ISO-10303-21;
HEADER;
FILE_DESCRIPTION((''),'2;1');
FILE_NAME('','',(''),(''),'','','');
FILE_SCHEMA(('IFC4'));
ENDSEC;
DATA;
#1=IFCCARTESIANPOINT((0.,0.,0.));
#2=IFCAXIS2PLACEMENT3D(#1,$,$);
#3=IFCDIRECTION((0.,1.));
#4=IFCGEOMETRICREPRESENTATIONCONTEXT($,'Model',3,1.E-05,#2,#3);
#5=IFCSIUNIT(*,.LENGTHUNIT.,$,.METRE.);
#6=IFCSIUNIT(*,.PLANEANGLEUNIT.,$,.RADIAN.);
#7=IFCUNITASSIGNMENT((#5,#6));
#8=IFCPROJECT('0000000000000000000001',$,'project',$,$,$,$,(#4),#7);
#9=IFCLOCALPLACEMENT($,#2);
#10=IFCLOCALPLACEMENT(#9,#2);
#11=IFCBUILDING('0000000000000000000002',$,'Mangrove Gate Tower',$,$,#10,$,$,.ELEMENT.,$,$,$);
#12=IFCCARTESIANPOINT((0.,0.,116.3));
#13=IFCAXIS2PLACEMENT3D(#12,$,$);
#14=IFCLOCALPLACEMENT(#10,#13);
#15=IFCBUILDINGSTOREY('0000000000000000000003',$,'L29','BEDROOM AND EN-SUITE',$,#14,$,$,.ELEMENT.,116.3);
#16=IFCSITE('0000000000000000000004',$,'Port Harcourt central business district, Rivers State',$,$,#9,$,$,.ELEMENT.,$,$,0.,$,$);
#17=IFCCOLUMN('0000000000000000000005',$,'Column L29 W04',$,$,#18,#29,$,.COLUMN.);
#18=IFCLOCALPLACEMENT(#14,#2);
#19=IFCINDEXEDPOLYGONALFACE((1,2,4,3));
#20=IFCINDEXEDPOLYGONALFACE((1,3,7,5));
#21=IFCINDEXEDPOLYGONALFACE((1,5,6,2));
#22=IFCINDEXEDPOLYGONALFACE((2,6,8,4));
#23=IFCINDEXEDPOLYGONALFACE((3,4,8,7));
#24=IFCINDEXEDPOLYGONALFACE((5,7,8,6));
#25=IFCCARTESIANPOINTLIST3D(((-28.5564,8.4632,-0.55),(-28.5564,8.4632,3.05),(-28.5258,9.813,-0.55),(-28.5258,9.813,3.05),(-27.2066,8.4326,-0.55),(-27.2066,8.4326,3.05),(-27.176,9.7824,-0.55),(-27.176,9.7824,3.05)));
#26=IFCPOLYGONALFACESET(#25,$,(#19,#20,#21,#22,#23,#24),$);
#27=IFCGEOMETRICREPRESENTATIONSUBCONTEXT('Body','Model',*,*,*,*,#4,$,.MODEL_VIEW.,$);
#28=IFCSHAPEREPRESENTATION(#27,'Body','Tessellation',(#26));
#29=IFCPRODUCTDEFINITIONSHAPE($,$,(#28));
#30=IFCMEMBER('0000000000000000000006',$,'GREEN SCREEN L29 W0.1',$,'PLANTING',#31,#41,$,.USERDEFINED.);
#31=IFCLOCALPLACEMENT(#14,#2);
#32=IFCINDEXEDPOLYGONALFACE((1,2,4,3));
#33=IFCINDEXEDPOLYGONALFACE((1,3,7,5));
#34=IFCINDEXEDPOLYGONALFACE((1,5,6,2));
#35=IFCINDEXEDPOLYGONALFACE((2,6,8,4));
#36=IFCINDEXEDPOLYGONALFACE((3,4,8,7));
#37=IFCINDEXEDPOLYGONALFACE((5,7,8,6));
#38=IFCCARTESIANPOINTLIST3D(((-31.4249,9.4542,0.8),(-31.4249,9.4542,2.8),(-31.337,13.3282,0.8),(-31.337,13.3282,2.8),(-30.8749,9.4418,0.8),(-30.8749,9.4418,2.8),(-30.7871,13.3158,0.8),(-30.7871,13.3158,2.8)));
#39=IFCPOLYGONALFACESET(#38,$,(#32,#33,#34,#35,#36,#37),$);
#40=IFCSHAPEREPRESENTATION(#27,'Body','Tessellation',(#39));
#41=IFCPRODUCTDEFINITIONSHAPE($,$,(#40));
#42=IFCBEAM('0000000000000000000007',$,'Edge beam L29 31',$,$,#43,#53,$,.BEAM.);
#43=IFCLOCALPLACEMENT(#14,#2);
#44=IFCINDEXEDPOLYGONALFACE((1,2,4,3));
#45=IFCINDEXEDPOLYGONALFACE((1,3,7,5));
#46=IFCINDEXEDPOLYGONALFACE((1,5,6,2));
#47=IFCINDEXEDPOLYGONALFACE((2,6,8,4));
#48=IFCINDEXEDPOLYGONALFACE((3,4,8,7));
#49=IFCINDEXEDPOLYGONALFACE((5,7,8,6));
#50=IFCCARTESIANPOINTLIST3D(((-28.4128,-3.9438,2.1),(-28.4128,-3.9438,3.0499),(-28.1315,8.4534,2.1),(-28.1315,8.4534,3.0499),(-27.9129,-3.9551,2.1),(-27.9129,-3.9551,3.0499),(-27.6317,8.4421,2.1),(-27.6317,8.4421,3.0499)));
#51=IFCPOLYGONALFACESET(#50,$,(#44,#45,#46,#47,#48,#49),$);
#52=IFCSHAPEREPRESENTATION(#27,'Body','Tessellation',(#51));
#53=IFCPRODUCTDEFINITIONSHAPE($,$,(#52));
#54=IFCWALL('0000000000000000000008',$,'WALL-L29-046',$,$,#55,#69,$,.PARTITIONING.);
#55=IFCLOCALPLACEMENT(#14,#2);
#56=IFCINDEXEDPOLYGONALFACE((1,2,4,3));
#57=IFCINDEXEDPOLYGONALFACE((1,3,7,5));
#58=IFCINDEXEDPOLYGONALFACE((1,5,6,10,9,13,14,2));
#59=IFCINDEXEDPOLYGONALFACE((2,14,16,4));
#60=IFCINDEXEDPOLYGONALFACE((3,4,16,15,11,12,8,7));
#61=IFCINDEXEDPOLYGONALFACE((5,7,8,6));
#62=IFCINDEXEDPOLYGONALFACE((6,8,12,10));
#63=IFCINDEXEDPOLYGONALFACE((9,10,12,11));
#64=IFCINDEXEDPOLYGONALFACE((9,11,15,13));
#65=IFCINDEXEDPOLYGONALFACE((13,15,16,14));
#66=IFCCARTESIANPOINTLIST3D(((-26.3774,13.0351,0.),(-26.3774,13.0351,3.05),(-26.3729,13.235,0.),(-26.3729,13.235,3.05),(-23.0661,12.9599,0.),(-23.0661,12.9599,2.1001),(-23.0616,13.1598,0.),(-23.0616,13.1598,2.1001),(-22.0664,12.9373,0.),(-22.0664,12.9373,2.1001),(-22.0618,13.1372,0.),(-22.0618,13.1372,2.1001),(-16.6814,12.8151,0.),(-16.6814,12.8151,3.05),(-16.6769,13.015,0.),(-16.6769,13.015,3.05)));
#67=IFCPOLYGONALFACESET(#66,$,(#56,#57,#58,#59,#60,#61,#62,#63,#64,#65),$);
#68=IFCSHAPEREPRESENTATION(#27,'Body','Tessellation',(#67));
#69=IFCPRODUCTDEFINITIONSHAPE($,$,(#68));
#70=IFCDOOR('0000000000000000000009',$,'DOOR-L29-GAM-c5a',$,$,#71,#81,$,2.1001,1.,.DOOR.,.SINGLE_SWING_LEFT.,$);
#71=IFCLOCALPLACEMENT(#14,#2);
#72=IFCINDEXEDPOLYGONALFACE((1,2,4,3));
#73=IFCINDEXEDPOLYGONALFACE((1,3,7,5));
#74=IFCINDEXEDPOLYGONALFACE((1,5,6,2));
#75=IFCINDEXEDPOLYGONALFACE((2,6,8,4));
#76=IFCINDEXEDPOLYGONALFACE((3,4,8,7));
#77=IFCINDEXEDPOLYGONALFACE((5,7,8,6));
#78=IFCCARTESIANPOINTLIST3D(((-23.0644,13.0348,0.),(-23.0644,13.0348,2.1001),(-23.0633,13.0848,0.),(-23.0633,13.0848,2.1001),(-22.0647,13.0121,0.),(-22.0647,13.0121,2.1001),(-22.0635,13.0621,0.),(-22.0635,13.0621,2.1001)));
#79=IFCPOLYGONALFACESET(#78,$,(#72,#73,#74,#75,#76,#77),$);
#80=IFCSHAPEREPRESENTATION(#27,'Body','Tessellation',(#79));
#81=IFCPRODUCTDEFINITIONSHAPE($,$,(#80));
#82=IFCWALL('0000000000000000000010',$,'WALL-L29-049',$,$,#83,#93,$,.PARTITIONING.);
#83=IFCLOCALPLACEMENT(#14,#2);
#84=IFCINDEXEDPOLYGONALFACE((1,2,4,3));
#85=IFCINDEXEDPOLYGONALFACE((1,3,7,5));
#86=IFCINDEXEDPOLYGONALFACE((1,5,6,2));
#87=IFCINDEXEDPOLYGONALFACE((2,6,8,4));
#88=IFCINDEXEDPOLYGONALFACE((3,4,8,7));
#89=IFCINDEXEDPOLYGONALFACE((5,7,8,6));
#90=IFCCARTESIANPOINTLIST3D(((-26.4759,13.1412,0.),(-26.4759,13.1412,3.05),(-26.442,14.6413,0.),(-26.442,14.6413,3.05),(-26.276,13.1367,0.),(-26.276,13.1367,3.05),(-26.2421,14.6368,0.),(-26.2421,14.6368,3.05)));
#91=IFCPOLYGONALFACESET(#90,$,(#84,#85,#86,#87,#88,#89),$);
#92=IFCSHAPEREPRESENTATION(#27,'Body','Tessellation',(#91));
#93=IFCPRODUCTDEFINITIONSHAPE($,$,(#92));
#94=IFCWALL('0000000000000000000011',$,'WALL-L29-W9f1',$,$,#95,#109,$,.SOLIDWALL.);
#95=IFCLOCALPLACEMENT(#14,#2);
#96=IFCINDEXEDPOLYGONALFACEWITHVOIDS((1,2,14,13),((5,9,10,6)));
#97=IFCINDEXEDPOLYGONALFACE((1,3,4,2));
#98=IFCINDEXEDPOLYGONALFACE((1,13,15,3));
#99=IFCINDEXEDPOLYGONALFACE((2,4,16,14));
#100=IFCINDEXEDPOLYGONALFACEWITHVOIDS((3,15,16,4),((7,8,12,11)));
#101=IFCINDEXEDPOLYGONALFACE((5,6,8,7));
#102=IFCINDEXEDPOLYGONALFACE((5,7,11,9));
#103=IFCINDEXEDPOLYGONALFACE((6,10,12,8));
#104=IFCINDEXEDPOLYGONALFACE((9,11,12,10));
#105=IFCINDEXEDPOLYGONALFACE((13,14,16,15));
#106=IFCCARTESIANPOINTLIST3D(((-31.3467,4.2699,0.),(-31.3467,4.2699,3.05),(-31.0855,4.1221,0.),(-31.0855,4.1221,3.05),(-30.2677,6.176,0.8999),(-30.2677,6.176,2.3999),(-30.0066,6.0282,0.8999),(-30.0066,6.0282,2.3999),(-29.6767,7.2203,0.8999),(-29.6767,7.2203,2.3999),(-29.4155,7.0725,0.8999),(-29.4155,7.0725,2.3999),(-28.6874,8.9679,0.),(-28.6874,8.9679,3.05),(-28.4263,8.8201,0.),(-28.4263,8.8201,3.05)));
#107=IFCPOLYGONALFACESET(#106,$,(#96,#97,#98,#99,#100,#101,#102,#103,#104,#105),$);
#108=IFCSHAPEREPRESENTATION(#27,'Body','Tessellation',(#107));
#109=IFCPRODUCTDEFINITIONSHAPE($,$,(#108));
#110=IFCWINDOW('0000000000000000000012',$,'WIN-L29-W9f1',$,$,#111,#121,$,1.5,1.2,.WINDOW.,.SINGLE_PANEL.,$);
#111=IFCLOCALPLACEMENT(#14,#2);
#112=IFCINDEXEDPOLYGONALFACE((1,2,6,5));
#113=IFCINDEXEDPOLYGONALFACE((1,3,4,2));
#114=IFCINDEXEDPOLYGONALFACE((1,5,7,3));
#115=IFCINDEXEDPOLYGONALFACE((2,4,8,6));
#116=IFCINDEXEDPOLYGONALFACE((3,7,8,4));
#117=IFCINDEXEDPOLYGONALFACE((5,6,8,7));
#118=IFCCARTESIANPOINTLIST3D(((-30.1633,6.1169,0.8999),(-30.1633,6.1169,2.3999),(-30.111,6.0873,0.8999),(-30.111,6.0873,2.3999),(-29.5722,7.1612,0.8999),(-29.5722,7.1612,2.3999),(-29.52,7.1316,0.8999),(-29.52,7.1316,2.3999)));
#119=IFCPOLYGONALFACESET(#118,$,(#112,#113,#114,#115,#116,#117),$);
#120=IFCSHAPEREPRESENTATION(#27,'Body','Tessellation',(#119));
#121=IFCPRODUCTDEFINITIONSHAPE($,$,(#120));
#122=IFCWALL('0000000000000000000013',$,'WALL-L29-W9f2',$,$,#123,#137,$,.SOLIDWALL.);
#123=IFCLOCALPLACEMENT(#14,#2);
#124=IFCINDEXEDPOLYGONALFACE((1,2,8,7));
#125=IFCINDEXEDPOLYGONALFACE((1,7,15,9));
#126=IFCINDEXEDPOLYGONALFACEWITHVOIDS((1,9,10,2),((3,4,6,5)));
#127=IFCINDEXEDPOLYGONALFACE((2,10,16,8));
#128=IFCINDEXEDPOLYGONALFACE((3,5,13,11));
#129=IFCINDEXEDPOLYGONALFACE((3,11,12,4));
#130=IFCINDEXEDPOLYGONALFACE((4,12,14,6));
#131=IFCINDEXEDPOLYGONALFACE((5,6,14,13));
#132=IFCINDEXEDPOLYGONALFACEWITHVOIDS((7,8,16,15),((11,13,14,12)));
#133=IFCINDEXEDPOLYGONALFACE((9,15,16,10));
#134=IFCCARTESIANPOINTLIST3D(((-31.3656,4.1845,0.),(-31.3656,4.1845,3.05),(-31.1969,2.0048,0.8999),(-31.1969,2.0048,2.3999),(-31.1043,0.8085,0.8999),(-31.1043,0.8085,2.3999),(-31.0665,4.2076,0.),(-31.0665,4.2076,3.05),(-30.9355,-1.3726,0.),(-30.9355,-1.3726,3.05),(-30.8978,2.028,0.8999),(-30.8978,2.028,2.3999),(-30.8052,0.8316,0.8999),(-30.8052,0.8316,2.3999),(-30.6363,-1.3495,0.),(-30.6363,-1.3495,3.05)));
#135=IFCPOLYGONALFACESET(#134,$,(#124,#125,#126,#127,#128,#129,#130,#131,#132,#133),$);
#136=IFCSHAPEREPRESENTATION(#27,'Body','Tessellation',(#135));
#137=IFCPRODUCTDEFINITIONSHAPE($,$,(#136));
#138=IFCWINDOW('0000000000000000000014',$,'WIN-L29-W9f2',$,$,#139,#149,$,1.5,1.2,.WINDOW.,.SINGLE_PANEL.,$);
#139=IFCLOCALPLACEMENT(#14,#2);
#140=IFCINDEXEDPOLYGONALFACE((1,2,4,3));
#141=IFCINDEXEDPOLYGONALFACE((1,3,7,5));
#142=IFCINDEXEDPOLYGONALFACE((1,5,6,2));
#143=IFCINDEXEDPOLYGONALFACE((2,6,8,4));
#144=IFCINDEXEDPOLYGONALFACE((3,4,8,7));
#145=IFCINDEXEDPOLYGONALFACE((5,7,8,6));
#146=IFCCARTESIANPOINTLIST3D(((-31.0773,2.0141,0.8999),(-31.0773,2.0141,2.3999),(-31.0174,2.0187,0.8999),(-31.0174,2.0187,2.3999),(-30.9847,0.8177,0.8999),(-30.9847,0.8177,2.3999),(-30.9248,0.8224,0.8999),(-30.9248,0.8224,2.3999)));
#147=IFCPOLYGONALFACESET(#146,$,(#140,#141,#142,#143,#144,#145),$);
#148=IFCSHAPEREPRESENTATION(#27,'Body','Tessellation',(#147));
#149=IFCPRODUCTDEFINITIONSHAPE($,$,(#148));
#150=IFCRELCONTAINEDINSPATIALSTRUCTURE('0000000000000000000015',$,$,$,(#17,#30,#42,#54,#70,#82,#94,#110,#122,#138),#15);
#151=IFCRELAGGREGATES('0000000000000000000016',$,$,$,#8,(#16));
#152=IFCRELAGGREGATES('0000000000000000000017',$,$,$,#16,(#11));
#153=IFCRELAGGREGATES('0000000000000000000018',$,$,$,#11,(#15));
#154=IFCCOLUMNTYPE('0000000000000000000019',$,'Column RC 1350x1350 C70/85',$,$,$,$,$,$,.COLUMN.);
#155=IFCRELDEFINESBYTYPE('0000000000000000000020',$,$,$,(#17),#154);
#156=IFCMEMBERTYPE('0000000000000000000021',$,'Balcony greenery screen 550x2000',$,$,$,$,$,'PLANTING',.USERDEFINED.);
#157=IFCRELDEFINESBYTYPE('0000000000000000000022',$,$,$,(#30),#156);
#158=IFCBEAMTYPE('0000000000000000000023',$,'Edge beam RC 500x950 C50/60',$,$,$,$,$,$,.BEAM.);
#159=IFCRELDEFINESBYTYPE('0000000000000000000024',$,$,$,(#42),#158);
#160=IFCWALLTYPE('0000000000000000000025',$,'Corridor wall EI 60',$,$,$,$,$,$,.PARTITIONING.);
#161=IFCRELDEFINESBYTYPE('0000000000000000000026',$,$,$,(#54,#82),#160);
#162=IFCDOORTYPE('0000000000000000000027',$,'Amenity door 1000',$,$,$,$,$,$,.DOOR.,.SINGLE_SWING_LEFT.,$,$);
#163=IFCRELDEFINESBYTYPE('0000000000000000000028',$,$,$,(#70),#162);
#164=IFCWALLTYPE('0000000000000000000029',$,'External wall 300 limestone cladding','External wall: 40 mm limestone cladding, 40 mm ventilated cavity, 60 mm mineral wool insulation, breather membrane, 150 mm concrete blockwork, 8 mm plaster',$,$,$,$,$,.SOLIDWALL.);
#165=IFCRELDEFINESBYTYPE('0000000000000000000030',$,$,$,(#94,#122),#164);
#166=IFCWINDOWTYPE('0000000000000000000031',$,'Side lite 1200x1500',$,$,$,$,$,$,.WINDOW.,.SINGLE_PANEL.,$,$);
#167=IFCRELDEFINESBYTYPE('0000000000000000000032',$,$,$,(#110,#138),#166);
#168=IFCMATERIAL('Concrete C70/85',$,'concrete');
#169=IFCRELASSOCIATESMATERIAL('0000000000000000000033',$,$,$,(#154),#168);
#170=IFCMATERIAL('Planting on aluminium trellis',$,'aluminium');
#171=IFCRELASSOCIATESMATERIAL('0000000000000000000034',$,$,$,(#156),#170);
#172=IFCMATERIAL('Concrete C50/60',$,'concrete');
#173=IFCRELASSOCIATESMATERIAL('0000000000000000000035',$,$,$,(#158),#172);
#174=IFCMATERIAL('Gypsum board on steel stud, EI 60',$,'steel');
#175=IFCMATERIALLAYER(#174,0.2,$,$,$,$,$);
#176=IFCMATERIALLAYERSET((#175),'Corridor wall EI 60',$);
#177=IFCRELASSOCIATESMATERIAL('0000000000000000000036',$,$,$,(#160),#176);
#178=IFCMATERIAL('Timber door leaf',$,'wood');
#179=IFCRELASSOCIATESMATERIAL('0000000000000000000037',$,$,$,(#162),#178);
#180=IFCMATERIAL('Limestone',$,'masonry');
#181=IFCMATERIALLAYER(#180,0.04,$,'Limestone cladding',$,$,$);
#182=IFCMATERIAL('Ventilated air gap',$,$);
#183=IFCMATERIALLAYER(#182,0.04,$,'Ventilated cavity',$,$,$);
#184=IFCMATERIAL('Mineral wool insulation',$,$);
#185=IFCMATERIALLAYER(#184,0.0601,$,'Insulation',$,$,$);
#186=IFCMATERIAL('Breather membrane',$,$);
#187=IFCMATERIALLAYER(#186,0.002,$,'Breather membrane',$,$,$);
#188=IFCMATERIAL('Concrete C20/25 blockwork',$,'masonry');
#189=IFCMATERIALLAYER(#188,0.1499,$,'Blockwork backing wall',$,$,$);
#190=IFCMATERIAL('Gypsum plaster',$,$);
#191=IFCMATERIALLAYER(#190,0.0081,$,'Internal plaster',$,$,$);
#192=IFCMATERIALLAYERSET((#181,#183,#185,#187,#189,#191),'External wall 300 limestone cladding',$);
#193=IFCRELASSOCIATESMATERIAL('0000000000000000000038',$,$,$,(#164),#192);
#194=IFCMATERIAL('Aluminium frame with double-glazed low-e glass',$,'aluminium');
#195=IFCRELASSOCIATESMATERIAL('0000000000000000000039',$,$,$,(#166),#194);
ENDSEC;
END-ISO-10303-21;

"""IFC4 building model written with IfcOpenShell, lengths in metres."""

from ifc_helpers import new_model, si_unit, direction, frame, frame_2d, origin, origin_2d, place, context, subcontext, project, spatial, rectangle, extrude, material, layer, layer_set, material_profile, profile_set, type_object, element, fill, save


model = new_model("IFC4")

# Units and contexts
model_context = context("Model", 3, precision=1e-05, world=origin(), true_north=direction((0.0, 1.0)))
body_context = subcontext(model_context, "Body", "Model", "MODEL_VIEW")
ifc_project = project(units=[si_unit("LENGTHUNIT", "METRE"), si_unit("PLANEANGLEUNIT", "RADIAN")], contexts=[model_context])

# Site, building, storey
site_placement = place(None, origin())
site = spatial("IfcSite", under=ifc_project, at=site_placement, Name="Port Harcourt central business district, Rivers State", CompositionType="ELEMENT", RefElevation=0.0)
building_placement = place(site_placement, origin())
building = spatial("IfcBuilding", under=site, at=building_placement, Name="Mangrove Gate Tower", CompositionType="ELEMENT")
storey_placement = place(building_placement, frame((0.0, 0.0, 116.3)))
storey = spatial("IfcBuildingStorey", under=building, at=storey_placement, Name="L29", Description="BEDROOM AND EN-SUITE", CompositionType="ELEMENT", Elevation=116.3)

# Column
ifc_material_1 = material(Name="Concrete C70/85", Category="concrete")
ifc_material_profile_1 = material_profile(ifc_material_1, rectangle(XDim=1.3501, YDim=1.3501, at=origin_2d()))
ifc_profile_set_1 = profile_set([ifc_material_profile_1], Name="Concrete C70/85")
column_type = type_object("IfcColumnType", Name="Column RC 1350x1350 C70/85", PredefinedType="COLUMN", material=ifc_profile_set_1)
column_placement = place(storey_placement, frame((-27.8662, 9.1228, -0.55), z_axis=(0.0, 0.0, 1.0), x_axis=(-0.022672, -0.999743, 0.0)))
element("IfcColumn", 1, at=column_placement, inside=storey, type_object=column_type, Name="Column L29 W04", PredefinedType="COLUMN", context=body_context, shape_type="SweptSolid", body=[
    extrude(rectangle(XDim=1.3501, YDim=1.3501, at=origin_2d()), origin(), (0.0, 0.0, 1.0), 3.6001),
])

# Member
ifc_material_2 = material(Name="Planting on aluminium trellis", Category="aluminium")
ifc_material_profile_2 = material_profile(ifc_material_2, rectangle(XDim=0.55, YDim=2.0, at=origin_2d()))
ifc_profile_set_2 = profile_set([ifc_material_profile_2], Name="Planting on aluminium trellis")
member_type = type_object("IfcMemberType", Name="Balcony greenery screen 550x2000", ElementType="PLANTING", PredefinedType="USERDEFINED", material=ifc_profile_set_2)
member_placement = place(storey_placement, frame((-31.1499, 9.448, 1.8), z_axis=(0.022681, 0.999743, 0.0), x_axis=(-0.999743, 0.022681, 0.0)))
element("IfcMember", 2, at=member_placement, inside=storey, type_object=member_type, Name="GREEN SCREEN L29 W0.1", ObjectType="PLANTING", PredefinedType="USERDEFINED", context=body_context, shape_type="SweptSolid", body=[
    extrude(rectangle(XDim=0.55, YDim=2.0, at=origin_2d()), origin(), (0.0, 0.0, 1.0), 3.875),
])

# Beam
ifc_material_3 = material(Name="Concrete C50/60", Category="concrete")
ifc_material_profile_3 = material_profile(ifc_material_3, rectangle(XDim=0.5, YDim=0.95, at=origin_2d()))
ifc_profile_set_3 = profile_set([ifc_material_profile_3], Name="Concrete C50/60")
beam_type = type_object("IfcBeamType", Name="Edge beam RC 500x950 C50/60", PredefinedType="BEAM", material=ifc_profile_set_3)
beam_placement = place(storey_placement, frame((-27.8816, 8.4478, 2.575), z_axis=(-0.022681, -0.999743, 0.0), x_axis=(0.999743, -0.022681, 0.0)))
element("IfcBeam", 3, at=beam_placement, inside=storey, type_object=beam_type, Name="Edge beam L29 31", PredefinedType="BEAM", context=body_context, shape_type="SweptSolid", body=[
    extrude(rectangle(XDim=0.5, YDim=0.95, at=origin_2d()), origin(), (0.0, 0.0, 1.0), 12.4004),
])

# Wall, opening, door
ifc_material_4 = material(Name="Gypsum board on steel stud, EI 60", Category="steel")
ifc_layer_1 = layer(ifc_material_4, 0.2)
ifc_layer_set_1 = layer_set([ifc_layer_1], Name="Corridor wall EI 60")
wall_type_1 = type_object("IfcWallType", Name="Corridor wall EI 60", PredefinedType="PARTITIONING", material=ifc_layer_set_1)
wall_1_placement = place(storey_placement, frame((-26.375, 13.135, 0.0), z_axis=(0.0, 0.0, 1.0), x_axis=(0.999743, -0.022681, 0.0)))
wall_1 = element("IfcWall", 4, at=wall_1_placement, inside=storey, type_object=wall_type_1, Name="WALL-L29-046", PredefinedType="PARTITIONING", context=body_context, shape_type="SweptSolid", body=[
    extrude(rectangle(XDim=9.6985, YDim=0.2, at=frame_2d((4.8491, 0.0))), origin(), (0.0, 0.0, 1.0), 3.05),
])
opening_1_placement = place(wall_1_placement, frame((3.312, 0.0, 0.0)))
opening_1 = element("IfcOpeningElement", 5, at=opening_1_placement, cuts=wall_1, PredefinedType="OPENING", context=body_context, shape_type="SweptSolid", body=[
    extrude(rectangle(XDim=1.0, YDim=2.1001, at=frame_2d((0.5, 1.05))), frame((0.0, 0.1099, 0.0), z_axis=(0.0, -1.0, 0.0), x_axis=(1.0, 0.0, 0.0)), (0.0, 0.0, 1.0), 0.22),
])
ifc_material_5 = material(Name="Timber door leaf", Category="wood")
door_type = type_object("IfcDoorType", Name="Amenity door 1000", OperationType="SINGLE_SWING_LEFT", PredefinedType="DOOR", material=ifc_material_5)
door_placement = place(opening_1_placement, origin())
door = element("IfcDoor", 6, at=door_placement, inside=storey, type_object=door_type, Name="DOOR-L29-GAM-c5a", OperationType="SINGLE_SWING_LEFT", OverallHeight=2.1001, OverallWidth=1.0, PredefinedType="DOOR", context=body_context, shape_type="SweptSolid", body=[
    extrude(rectangle(XDim=1.0, YDim=2.1001, at=frame_2d((0.5, 1.05))), frame((0.0, 0.0249, 0.0), z_axis=(0.0, -1.0, 0.0), x_axis=(1.0, 0.0, 0.0)), (0.0, 0.0, 1.0), 0.05),
])
fill(opening_1, door)

# Wall
wall_2_placement = place(storey_placement, frame((-26.376, 13.1389, 0.0), z_axis=(0.0, 0.0, 1.0), x_axis=(0.022618, 0.999744, 0.0)))
element("IfcWall", 7, at=wall_2_placement, inside=storey, type_object=wall_type_1, Name="WALL-L29-049", PredefinedType="PARTITIONING", context=body_context, shape_type="SweptSolid", body=[
    extrude(rectangle(XDim=1.5005, YDim=0.2, at=frame_2d((0.7502, 0.0))), origin(), (0.0, 0.0, 1.0), 3.05),
])

# Walls, openings, windows
ifc_material_6 = material(Name="Limestone", Category="masonry")
ifc_layer_2 = layer(ifc_material_6, 0.04, Name="Limestone cladding")
ifc_material_7 = material(Name="Ventilated air gap")
ifc_layer_3 = layer(ifc_material_7, 0.04, Name="Ventilated cavity")
ifc_material_8 = material(Name="Mineral wool insulation")
ifc_layer_4 = layer(ifc_material_8, 0.0601, Name="Insulation")
ifc_material_9 = material(Name="Breather membrane")
ifc_layer_5 = layer(ifc_material_9, 0.002, Name="Breather membrane")
ifc_material_10 = material(Name="Concrete C20/25 blockwork", Category="masonry")
ifc_layer_6 = layer(ifc_material_10, 0.1499, Name="Blockwork backing wall")
ifc_material_11 = material(Name="Gypsum plaster")
ifc_layer_7 = layer(ifc_material_11, 0.0081, Name="Internal plaster")
ifc_layer_set_2 = layer_set([ifc_layer_2, ifc_layer_3, ifc_layer_4, ifc_layer_5, ifc_layer_6, ifc_layer_7], Name="External wall 300 limestone cladding")
wall_type_2 = type_object("IfcWallType", Name="External wall 300 limestone cladding", Description="External wall: 40 mm limestone cladding, 40 mm ventilated cavity, 60 mm mineral wool insulation, breather membrane, 150 mm concrete blockwork, 8 mm plaster", PredefinedType="SOLIDWALL", material=ifc_layer_set_2)
wall_3_placement = place(storey_placement, frame((-28.5569, 8.894, 0.0), z_axis=(0.0, 0.0, 1.0), x_axis=(-0.492589, -0.870262, 0.0)))
wall_3 = element("IfcWall", 8, at=wall_3_placement, inside=storey, type_object=wall_type_2, Name="WALL-L29-W9f1", PredefinedType="SOLIDWALL", context=body_context, shape_type="SweptSolid", body=[
    extrude(rectangle(XDim=5.3984, YDim=0.3, at=frame_2d((2.6992, 0.0))), origin(), (0.0, 0.0, 1.0), 3.05),
])
opening_2_placement = place(wall_3_placement, frame((2.0081, 0.0, 0.8999)))
opening_2 = element("IfcOpeningElement", 9, at=opening_2_placement, cuts=wall_3, PredefinedType="OPENING", context=body_context, shape_type="SweptSolid", body=[
    extrude(rectangle(XDim=1.2, YDim=1.5, at=frame_2d((0.6001, 0.75))), frame((0.0, 0.1599, 0.0), z_axis=(0.0, -1.0, 0.0), x_axis=(1.0, 0.0, 0.0)), (0.0, 0.0, 1.0), 0.3201),
])
ifc_material_12 = material(Name="Aluminium frame with double-glazed low-e glass", Category="aluminium")
window_type = type_object("IfcWindowType", Name="Side lite 1200x1500", PartitioningType="SINGLE_PANEL", PredefinedType="WINDOW", material=ifc_material_12)
window_1_placement = place(opening_2_placement, origin())
window_1 = element("IfcWindow", 10, at=window_1_placement, inside=storey, type_object=window_type, Name="WIN-L29-W9f1", OverallHeight=1.5, OverallWidth=1.2, PartitioningType="SINGLE_PANEL", PredefinedType="WINDOW", context=body_context, shape_type="SweptSolid", body=[
    extrude(rectangle(XDim=1.2, YDim=1.5, at=frame_2d((0.6001, 0.75))), frame((0.0, 0.03, 0.0), z_axis=(0.0, -1.0, 0.0), x_axis=(1.0, 0.0, 0.0)), (0.0, 0.0, 1.0), 0.0601),
])
fill(opening_2, window_1)
wall_4_placement = place(storey_placement, frame((-31.2161, 4.196, 0.0), z_axis=(0.0, 0.0, 1.0), x_axis=(0.077179, -0.997017, 0.0)))
wall_4 = element("IfcWall", 11, at=wall_4_placement, inside=storey, type_object=wall_type_2, Name="WALL-L29-W9f2", PredefinedType="SOLIDWALL", context=body_context, shape_type="SweptSolid", body=[
    extrude(rectangle(XDim=5.5737, YDim=0.3, at=frame_2d((2.7869, 0.0))), origin(), (0.0, 0.0, 1.0), 3.05),
])
opening_3_placement = place(wall_4_placement, frame((2.186, 0.0, 0.8999)))
opening_3 = element("IfcOpeningElement", 12, at=opening_3_placement, cuts=wall_4, PredefinedType="OPENING", context=body_context, shape_type="SweptSolid", body=[
    extrude(rectangle(XDim=1.2, YDim=1.5, at=frame_2d((0.6001, 0.75))), frame((0.0, 0.1599, 0.0), z_axis=(0.0, -1.0, 0.0), x_axis=(1.0, 0.0, 0.0)), (0.0, 0.0, 1.0), 0.3201),
])
window_2_placement = place(opening_3_placement, origin())
window_2 = element("IfcWindow", 13, at=window_2_placement, inside=storey, type_object=window_type, Name="WIN-L29-W9f2", OverallHeight=1.5, OverallWidth=1.2, PartitioningType="SINGLE_PANEL", PredefinedType="WINDOW", context=body_context, shape_type="SweptSolid", body=[
    extrude(rectangle(XDim=1.2, YDim=1.5, at=frame_2d((0.6001, 0.75))), frame((0.0, 0.03, 0.0), z_axis=(0.0, -1.0, 0.0), x_axis=(1.0, 0.0, 0.0)), (0.0, 0.0, 1.0), 0.0601),
])
fill(opening_3, window_2)

save(model, "model.ifc")
